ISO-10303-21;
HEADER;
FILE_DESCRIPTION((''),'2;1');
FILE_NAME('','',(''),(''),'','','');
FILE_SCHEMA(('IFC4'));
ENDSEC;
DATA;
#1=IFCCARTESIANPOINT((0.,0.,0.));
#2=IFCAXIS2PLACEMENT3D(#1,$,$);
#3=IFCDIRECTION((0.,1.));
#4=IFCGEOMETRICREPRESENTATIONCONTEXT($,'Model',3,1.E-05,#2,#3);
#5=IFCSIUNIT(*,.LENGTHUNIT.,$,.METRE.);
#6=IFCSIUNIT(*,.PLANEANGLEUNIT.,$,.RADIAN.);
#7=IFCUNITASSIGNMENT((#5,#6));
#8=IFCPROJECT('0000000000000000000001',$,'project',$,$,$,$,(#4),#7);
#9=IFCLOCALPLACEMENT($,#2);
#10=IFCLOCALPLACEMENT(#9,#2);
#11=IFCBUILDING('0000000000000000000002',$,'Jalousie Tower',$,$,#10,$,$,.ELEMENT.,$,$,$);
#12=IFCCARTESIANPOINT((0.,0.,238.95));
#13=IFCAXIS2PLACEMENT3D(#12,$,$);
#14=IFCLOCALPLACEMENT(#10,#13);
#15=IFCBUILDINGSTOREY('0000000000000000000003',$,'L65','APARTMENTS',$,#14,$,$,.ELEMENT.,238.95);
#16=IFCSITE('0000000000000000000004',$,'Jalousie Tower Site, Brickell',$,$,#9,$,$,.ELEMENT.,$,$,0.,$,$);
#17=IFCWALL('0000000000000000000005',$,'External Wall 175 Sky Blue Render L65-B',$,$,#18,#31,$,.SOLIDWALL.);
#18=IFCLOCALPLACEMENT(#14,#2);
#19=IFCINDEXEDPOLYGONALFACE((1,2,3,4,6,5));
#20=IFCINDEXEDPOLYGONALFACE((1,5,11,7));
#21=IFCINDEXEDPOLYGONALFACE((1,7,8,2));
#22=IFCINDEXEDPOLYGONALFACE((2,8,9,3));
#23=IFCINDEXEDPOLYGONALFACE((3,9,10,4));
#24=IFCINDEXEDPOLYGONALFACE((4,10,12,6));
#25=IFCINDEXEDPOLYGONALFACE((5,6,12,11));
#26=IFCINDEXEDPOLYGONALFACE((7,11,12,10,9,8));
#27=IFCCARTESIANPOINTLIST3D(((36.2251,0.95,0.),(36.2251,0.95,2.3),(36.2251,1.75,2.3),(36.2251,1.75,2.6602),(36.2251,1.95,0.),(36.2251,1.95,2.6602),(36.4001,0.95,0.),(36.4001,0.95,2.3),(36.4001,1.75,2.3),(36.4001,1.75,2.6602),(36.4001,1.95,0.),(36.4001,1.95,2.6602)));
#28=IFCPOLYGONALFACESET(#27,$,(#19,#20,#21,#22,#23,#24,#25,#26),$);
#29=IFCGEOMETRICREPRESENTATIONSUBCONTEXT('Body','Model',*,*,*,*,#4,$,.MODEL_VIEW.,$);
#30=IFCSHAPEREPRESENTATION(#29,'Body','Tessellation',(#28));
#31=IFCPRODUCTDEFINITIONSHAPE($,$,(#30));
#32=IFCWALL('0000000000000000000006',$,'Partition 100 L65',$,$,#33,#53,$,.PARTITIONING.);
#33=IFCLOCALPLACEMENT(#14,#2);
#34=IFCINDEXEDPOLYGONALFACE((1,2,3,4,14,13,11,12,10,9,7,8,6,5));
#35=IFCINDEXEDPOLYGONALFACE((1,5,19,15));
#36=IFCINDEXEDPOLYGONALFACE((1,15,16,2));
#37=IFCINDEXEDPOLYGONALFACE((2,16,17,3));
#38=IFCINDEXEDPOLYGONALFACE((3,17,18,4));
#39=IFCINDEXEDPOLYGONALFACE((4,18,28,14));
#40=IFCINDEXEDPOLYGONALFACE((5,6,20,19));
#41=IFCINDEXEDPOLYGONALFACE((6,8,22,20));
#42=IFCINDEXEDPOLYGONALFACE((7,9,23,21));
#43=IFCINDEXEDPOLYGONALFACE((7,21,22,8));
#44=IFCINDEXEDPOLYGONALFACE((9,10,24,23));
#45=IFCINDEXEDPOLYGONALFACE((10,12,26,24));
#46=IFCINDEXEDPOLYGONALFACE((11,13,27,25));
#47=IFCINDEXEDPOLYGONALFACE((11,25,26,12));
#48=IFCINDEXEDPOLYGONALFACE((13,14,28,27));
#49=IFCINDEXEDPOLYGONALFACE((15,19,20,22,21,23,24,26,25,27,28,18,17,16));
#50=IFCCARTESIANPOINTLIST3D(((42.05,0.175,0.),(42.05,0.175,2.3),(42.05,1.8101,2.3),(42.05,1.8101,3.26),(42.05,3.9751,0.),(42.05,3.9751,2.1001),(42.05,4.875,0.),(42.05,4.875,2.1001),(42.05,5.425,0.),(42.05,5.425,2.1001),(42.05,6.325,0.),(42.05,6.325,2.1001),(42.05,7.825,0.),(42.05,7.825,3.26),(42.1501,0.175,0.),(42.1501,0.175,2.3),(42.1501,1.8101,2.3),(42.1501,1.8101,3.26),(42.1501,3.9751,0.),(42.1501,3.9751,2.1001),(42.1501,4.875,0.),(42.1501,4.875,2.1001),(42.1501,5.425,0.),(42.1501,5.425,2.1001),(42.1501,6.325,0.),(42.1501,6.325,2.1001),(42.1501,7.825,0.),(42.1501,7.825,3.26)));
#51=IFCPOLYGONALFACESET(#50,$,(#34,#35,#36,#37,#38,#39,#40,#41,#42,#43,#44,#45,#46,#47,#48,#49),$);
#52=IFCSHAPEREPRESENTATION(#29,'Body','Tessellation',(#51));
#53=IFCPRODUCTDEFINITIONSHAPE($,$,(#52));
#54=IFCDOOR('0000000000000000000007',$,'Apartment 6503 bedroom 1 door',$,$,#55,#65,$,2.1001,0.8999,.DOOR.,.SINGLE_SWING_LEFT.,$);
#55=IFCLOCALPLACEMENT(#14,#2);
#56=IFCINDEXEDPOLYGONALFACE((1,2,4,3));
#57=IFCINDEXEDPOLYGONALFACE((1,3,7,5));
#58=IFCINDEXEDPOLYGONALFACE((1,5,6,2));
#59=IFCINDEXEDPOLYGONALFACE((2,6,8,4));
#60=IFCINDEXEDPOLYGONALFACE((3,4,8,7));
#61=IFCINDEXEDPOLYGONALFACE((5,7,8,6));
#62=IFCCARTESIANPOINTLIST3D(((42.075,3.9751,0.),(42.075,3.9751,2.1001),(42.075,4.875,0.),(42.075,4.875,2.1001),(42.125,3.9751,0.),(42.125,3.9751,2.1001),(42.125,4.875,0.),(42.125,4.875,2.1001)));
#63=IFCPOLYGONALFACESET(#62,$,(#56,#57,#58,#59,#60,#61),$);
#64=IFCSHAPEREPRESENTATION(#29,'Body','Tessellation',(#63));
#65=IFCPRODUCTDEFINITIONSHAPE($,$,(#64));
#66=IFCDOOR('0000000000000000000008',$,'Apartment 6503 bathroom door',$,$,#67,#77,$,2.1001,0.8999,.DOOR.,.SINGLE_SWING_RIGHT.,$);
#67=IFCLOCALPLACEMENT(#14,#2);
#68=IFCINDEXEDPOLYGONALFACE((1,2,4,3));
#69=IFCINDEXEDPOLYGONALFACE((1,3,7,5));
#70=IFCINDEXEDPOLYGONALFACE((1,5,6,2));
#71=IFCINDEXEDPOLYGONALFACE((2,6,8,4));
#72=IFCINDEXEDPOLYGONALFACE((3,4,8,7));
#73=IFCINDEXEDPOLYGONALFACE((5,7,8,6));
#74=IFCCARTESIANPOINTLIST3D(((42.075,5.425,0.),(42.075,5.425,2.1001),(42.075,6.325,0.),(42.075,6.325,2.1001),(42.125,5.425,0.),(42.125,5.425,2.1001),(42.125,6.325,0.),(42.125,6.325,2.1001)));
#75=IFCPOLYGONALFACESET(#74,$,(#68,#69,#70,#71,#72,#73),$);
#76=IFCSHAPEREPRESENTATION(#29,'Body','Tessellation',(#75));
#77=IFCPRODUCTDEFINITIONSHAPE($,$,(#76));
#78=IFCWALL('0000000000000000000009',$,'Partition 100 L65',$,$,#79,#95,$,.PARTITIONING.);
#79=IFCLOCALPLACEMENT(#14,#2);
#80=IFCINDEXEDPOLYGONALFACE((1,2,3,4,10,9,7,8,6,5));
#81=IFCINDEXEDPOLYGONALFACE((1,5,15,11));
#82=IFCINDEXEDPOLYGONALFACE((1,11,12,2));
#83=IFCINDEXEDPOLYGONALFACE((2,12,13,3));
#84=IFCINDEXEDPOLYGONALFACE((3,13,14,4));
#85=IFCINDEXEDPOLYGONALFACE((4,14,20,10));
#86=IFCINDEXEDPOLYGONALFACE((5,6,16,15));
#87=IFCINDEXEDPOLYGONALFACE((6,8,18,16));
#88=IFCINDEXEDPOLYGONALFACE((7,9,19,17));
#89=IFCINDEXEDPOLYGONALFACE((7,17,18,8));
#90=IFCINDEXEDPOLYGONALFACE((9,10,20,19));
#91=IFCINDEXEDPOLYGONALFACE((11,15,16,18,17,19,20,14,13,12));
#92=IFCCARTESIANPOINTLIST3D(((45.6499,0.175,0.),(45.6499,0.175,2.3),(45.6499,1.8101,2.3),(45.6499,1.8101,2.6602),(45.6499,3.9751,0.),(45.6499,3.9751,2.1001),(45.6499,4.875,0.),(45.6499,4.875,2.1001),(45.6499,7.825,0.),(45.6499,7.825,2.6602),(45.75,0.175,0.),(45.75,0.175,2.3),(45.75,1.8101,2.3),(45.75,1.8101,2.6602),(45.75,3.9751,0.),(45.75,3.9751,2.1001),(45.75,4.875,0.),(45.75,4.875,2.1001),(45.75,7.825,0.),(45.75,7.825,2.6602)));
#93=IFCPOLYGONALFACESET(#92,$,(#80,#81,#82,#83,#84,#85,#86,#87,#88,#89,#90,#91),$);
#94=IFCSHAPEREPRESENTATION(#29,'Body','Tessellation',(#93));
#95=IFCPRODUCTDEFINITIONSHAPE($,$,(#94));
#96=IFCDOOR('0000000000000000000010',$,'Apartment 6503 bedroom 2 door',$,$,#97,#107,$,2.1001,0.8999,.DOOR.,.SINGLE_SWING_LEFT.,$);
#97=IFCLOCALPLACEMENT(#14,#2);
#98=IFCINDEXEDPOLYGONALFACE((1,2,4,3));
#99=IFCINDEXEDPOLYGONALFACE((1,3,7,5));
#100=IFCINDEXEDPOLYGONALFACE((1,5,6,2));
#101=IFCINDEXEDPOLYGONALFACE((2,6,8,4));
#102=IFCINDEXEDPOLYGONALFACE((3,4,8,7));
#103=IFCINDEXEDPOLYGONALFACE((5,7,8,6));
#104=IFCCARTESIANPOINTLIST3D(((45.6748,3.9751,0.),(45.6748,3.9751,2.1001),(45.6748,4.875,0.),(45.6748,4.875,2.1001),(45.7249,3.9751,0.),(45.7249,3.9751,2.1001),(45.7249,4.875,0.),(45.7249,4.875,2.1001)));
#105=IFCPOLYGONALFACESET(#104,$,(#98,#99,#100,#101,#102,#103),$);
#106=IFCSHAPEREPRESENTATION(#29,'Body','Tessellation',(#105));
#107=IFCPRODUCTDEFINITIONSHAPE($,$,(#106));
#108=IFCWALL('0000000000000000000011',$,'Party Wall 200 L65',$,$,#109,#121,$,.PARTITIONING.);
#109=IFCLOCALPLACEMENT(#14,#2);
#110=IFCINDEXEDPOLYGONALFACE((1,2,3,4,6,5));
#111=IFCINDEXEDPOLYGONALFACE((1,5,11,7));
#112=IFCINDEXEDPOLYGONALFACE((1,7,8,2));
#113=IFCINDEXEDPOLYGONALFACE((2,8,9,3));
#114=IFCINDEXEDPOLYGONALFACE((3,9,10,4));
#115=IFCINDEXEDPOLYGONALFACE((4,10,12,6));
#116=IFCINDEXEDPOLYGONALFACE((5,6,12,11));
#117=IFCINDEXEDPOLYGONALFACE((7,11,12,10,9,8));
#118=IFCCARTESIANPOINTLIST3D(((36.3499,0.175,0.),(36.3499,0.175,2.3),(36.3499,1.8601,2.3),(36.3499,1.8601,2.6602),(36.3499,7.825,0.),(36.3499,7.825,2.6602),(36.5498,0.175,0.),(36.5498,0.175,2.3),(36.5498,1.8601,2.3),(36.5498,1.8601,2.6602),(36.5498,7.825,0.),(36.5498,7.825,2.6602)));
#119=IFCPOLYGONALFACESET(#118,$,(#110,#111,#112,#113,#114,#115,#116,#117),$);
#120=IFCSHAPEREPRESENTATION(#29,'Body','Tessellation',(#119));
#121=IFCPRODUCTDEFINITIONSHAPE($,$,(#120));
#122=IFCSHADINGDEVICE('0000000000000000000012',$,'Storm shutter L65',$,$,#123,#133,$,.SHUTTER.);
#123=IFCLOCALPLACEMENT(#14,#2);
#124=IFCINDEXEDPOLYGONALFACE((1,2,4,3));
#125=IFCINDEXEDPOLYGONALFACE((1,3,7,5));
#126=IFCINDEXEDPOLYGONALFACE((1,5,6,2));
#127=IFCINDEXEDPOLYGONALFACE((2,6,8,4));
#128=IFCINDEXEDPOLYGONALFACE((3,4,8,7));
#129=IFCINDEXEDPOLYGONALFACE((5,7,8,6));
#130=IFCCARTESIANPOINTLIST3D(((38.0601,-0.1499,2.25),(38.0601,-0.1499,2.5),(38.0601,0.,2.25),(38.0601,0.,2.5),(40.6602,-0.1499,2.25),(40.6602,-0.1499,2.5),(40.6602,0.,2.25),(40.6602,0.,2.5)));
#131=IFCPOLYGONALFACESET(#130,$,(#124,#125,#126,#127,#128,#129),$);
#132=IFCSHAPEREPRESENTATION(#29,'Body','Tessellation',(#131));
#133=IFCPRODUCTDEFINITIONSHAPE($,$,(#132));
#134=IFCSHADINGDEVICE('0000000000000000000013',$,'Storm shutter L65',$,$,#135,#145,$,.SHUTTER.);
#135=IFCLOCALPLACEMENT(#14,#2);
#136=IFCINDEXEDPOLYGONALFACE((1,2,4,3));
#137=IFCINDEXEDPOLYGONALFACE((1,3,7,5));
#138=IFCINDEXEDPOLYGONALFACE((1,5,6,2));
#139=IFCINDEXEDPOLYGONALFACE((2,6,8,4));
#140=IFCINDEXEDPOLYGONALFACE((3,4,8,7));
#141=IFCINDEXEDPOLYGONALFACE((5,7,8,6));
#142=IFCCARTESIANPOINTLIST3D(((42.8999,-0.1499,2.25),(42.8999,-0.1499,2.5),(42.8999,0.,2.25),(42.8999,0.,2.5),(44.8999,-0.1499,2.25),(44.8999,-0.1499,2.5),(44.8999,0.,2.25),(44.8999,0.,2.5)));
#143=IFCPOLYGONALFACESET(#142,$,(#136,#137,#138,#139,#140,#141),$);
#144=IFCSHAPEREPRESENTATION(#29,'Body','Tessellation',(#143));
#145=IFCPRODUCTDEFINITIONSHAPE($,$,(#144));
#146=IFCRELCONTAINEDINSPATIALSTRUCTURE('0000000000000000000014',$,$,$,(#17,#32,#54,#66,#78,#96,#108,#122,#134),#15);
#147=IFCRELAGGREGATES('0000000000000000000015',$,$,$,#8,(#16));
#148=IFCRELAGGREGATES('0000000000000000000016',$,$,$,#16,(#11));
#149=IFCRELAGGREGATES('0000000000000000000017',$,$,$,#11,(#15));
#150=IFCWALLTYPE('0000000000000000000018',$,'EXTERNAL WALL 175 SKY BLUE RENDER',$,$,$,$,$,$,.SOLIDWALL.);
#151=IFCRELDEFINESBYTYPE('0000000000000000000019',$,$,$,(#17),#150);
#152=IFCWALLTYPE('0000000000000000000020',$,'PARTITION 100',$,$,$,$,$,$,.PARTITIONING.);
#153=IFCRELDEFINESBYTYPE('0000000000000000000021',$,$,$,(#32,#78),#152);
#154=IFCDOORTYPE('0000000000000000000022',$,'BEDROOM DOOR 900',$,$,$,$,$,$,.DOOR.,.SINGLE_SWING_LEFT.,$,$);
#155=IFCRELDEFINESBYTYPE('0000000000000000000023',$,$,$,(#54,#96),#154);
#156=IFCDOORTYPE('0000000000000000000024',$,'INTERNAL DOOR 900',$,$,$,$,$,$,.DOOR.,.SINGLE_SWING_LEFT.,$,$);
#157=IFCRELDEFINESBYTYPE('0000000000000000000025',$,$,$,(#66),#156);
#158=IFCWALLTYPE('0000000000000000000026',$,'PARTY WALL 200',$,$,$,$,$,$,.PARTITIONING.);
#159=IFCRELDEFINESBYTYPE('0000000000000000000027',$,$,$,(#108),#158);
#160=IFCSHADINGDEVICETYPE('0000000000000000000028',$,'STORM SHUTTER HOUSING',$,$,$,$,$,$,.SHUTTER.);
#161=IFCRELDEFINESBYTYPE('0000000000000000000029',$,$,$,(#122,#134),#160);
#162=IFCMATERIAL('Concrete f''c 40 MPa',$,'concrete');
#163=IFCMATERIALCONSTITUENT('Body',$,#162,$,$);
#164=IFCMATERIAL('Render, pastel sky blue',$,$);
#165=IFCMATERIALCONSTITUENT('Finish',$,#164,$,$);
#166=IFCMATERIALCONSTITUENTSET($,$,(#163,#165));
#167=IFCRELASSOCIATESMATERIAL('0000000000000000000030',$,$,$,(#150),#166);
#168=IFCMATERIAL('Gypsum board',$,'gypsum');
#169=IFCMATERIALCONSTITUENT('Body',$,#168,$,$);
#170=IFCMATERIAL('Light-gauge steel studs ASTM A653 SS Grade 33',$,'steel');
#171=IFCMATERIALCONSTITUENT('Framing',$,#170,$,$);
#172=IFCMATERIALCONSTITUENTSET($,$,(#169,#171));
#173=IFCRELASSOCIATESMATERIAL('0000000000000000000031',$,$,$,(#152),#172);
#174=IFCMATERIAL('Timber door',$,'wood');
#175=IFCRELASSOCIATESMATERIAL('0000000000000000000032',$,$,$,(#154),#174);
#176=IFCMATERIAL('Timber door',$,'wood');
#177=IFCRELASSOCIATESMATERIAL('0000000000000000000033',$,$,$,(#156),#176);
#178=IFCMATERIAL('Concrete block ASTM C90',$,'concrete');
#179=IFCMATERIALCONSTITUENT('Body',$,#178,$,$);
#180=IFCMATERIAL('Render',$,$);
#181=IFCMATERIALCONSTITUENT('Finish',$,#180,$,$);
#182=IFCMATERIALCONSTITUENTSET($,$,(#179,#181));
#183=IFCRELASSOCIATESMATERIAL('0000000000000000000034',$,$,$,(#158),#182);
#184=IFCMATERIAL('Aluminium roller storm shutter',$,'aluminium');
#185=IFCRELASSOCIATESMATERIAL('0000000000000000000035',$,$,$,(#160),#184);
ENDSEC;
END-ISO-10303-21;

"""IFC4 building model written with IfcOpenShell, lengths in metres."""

from ifc_helpers import new_model, si_unit, direction, frame, frame_2d, origin, origin_2d, place, context, subcontext, project, spatial, polyline, rectangle, outline, extrude, material, constituent, constituent_set, type_object, element, fill, save


model = new_model("IFC4")

# Units and contexts
model_context = context("Model", 3, precision=1e-05, world=origin(), true_north=direction((0.0, 1.0)))
body_context = subcontext(model_context, "Body", "Model", "MODEL_VIEW")
ifc_project = project(units=[si_unit("LENGTHUNIT", "METRE"), si_unit("PLANEANGLEUNIT", "RADIAN")], contexts=[model_context])

# Site, building, storey
site_placement = place(None, origin())
site = spatial("IfcSite", under=ifc_project, at=site_placement, Name="Jalousie Tower Site, Brickell", CompositionType="ELEMENT", RefElevation=0.0)
building_placement = place(site_placement, origin())
building = spatial("IfcBuilding", under=site, at=building_placement, Name="Jalousie Tower", CompositionType="ELEMENT")
storey_placement = place(building_placement, frame((0.0, 0.0, 238.95)))
storey = spatial("IfcBuildingStorey", under=building, at=storey_placement, Name="L65", Description="APARTMENTS", CompositionType="ELEMENT", Elevation=238.95)

# Shared definitions
ifc_material_1 = material(Name="Concrete f'c 40 MPa", Category="concrete")
ifc_constituent_1 = constituent(ifc_material_1, Name="Body")
ifc_material_2 = material(Name="Render, pastel sky blue")
ifc_constituent_2 = constituent(ifc_material_2, Name="Finish")
ifc_constituent_set_1 = constituent_set(constituents=[ifc_constituent_1, ifc_constituent_2])
wall_type_1 = type_object("IfcWallType", Name="EXTERNAL WALL 175 SKY BLUE RENDER", PredefinedType="SOLIDWALL", material=ifc_constituent_set_1)

# Wall
wall_1_placement = place(storey_placement, frame((36.3125, 0.95, 0.0), z_axis=(0.0, 0.0, 1.0), x_axis=(0.0, 1.0, 0.0)))
element("IfcWall", 1, at=wall_1_placement, inside=storey, type_object=wall_type_1, Name="External Wall 175 Sky Blue Render L65-B", PredefinedType="SOLIDWALL", context=body_context, shape_type="SweptSolid", body=[
    extrude(outline(polyline([(0.0, 0.0), (1.0, 0.0), (1.0, 2.6602), (0.8, 2.6602), (0.8, 2.3), (0.0, 2.3), (0.0, 0.0)])), frame((0.0, 0.0874, 0.0), z_axis=(0.0, -1.0, 0.0), x_axis=(1.0, 0.0, 0.0)), (0.0, 0.0, 1.0), 0.175),
])

# Wall, openings, doors
ifc_material_3 = material(Name="Gypsum board", Category="gypsum")
ifc_constituent_3 = constituent(ifc_material_3, Name="Body")
ifc_material_4 = material(Name="Light-gauge steel studs ASTM A653 SS Grade 33", Category="steel")
ifc_constituent_4 = constituent(ifc_material_4, Name="Framing")
ifc_constituent_set_2 = constituent_set(constituents=[ifc_constituent_3, ifc_constituent_4])
wall_type_2 = type_object("IfcWallType", Name="PARTITION 100", PredefinedType="PARTITIONING", material=ifc_constituent_set_2)
wall_2_placement = place(storey_placement, frame((42.1001, 0.175, 0.0), z_axis=(0.0, 0.0, 1.0), x_axis=(0.0, 1.0, 0.0)))
wall_2 = element("IfcWall", 2, at=wall_2_placement, inside=storey, type_object=wall_type_2, Name="Partition 100 L65", PredefinedType="PARTITIONING", context=body_context, shape_type="SweptSolid", body=[
    extrude(outline(polyline([(0.0, 0.0), (7.6499, 0.0), (7.6499, 3.26), (1.635, 3.26), (1.635, 2.3), (0.0, 2.3), (0.0, 3.26), (0.0, 0.0)])), frame((0.0, 0.05, 0.0), z_axis=(0.0, -1.0, 0.0), x_axis=(1.0, 0.0, 0.0)), (0.0, 0.0, 1.0), 0.1001),
])
opening_1_placement = place(wall_2_placement, frame((3.8, 0.0, 0.0)))
opening_1 = element("IfcOpeningElement", 3, at=opening_1_placement, cuts=wall_2, PredefinedType="OPENING", context=body_context, shape_type="SweptSolid", body=[
    extrude(rectangle(XDim=0.8999, YDim=2.1001, at=frame_2d((0.45, 1.05))), frame((0.0, 0.0601, 0.0), z_axis=(0.0, -1.0, 0.0), x_axis=(1.0, 0.0, 0.0)), (0.0, 0.0, 1.0), 0.1201),
])
opening_2_placement = place(wall_2_placement, frame((5.25, 0.0, 0.0)))
opening_2 = element("IfcOpeningElement", 4, at=opening_2_placement, cuts=wall_2, PredefinedType="OPENING", context=body_context, shape_type="SweptSolid", body=[
    extrude(rectangle(XDim=0.8999, YDim=2.1001, at=frame_2d((0.45, 1.05))), frame((0.0, 0.0601, 0.0), z_axis=(0.0, -1.0, 0.0), x_axis=(1.0, 0.0, 0.0)), (0.0, 0.0, 1.0), 0.1201),
])
ifc_material_5 = material(Name="Timber door", Category="wood")
door_type_1 = type_object("IfcDoorType", Name="BEDROOM DOOR 900", OperationType="SINGLE_SWING_LEFT", PredefinedType="DOOR", material=ifc_material_5)
door_1_placement = place(opening_1_placement, frame((0.8999, 0.0, 0.0), z_axis=(0.0, 0.0, 1.0), x_axis=(-1.0, 0.0, 0.0)))
door_1 = element("IfcDoor", 5, at=door_1_placement, inside=storey, type_object=door_type_1, Name="Apartment 6503 bedroom 1 door", OperationType="SINGLE_SWING_LEFT", OverallHeight=2.1001, OverallWidth=0.8999, PredefinedType="DOOR", context=body_context, shape_type="SweptSolid", body=[
    extrude(rectangle(XDim=0.8999, YDim=2.1001, at=frame_2d((0.45, 1.05))), frame((0.0, 0.0249, 0.0), z_axis=(0.0, -1.0, 0.0), x_axis=(1.0, 0.0, 0.0)), (0.0, 0.0, 1.0), 0.05),
])
fill(opening_1, door_1)
ifc_material_6 = material(Name="Timber door", Category="wood")
door_type_2 = type_object("IfcDoorType", Name="INTERNAL DOOR 900", OperationType="SINGLE_SWING_LEFT", PredefinedType="DOOR", material=ifc_material_6)
door_2_placement = place(opening_2_placement, frame((0.8999, 0.0, 0.0), z_axis=(0.0, 0.0, 1.0), x_axis=(-1.0, 0.0, 0.0)))
door_2 = element("IfcDoor", 6, at=door_2_placement, inside=storey, type_object=door_type_2, Name="Apartment 6503 bathroom door", OperationType="SINGLE_SWING_RIGHT", OverallHeight=2.1001, OverallWidth=0.8999, PredefinedType="DOOR", context=body_context, shape_type="SweptSolid", body=[
    extrude(rectangle(XDim=0.8999, YDim=2.1001, at=frame_2d((0.45, 1.05))), frame((0.0, 0.0249, 0.0), z_axis=(0.0, -1.0, 0.0), x_axis=(1.0, 0.0, 0.0)), (0.0, 0.0, 1.0), 0.05),
])
fill(opening_2, door_2)

# Wall, opening, door
wall_3_placement = place(storey_placement, frame((45.7, 0.175, 0.0), z_axis=(0.0, 0.0, 1.0), x_axis=(0.0, 1.0, 0.0)))
wall_3 = element("IfcWall", 7, at=wall_3_placement, inside=storey, type_object=wall_type_2, Name="Partition 100 L65", PredefinedType="PARTITIONING", context=body_context, shape_type="SweptSolid", body=[
    extrude(outline(polyline([(0.0, 0.0), (7.6499, 0.0), (7.6499, 3.26), (7.6499, 2.6602), (1.635, 2.6602), (1.635, 2.3), (0.0, 2.3), (0.0, 3.26), (0.0, 0.0)])), frame((0.0, 0.05, 0.0), z_axis=(0.0, -1.0, 0.0), x_axis=(1.0, 0.0, 0.0)), (0.0, 0.0, 1.0), 0.1001),
])
opening_3_placement = place(wall_3_placement, frame((3.8, 0.0, 0.0)))
opening_3 = element("IfcOpeningElement", 8, at=opening_3_placement, cuts=wall_3, PredefinedType="OPENING", context=body_context, shape_type="SweptSolid", body=[
    extrude(rectangle(XDim=0.8999, YDim=2.1001, at=frame_2d((0.45, 1.05))), frame((0.0, 0.0601, 0.0), z_axis=(0.0, -1.0, 0.0), x_axis=(1.0, 0.0, 0.0)), (0.0, 0.0, 1.0), 0.1201),
])
door_3_placement = place(opening_3_placement, frame((0.8999, 0.0, 0.0), z_axis=(0.0, 0.0, 1.0), x_axis=(-1.0, 0.0, 0.0)))
door_3 = element("IfcDoor", 9, at=door_3_placement, inside=storey, type_object=door_type_1, Name="Apartment 6503 bedroom 2 door", OperationType="SINGLE_SWING_LEFT", OverallHeight=2.1001, OverallWidth=0.8999, PredefinedType="DOOR", context=body_context, shape_type="SweptSolid", body=[
    extrude(rectangle(XDim=0.8999, YDim=2.1001, at=frame_2d((0.45, 1.05))), frame((0.0, 0.0249, 0.0), z_axis=(0.0, -1.0, 0.0), x_axis=(1.0, 0.0, 0.0)), (0.0, 0.0, 1.0), 0.05),
])
fill(opening_3, door_3)

# Wall
ifc_material_7 = material(Name="Concrete block ASTM C90", Category="concrete")
ifc_constituent_5 = constituent(ifc_material_7, Name="Body")
ifc_material_8 = material(Name="Render")
ifc_constituent_6 = constituent(ifc_material_8, Name="Finish")
ifc_constituent_set_3 = constituent_set(constituents=[ifc_constituent_5, ifc_constituent_6])
wall_type_3 = type_object("IfcWallType", Name="PARTY WALL 200", PredefinedType="PARTITIONING", material=ifc_constituent_set_3)
wall_4_placement = place(storey_placement, frame((36.45, 0.175, 0.0), z_axis=(0.0, 0.0, 1.0), x_axis=(0.0, 1.0, 0.0)))
element("IfcWall", 10, at=wall_4_placement, inside=storey, type_object=wall_type_3, Name="Party Wall 200 L65", PredefinedType="PARTITIONING", context=body_context, shape_type="SweptSolid", body=[
    extrude(outline(polyline([(0.0, 0.0), (7.6499, 0.0), (7.6499, 3.26), (7.6499, 2.6602), (1.6851, 2.6602), (1.6851, 2.3), (0.0, 2.3), (0.0, 3.26), (0.0, 0.0)])), frame((0.0, 0.1001, 0.0), z_axis=(0.0, -1.0, 0.0), x_axis=(1.0, 0.0, 0.0)), (0.0, 0.0, 1.0), 0.2),
])

# Shading devices
ifc_material_9 = material(Name="Aluminium roller storm shutter", Category="aluminium")
shading_device_type = type_object("IfcShadingDeviceType", Name="STORM SHUTTER HOUSING", PredefinedType="SHUTTER", material=ifc_material_9)
shading_device_1_placement = place(storey_placement, frame((39.3601, -0.075, 2.25), z_axis=(0.0, 0.0, 1.0), x_axis=(1.0, 0.0, 0.0)))
element("IfcShadingDevice", 11, at=shading_device_1_placement, inside=storey, type_object=shading_device_type, Name="Storm shutter L65", PredefinedType="SHUTTER", context=body_context, shape_type="SweptSolid", body=[
    extrude(rectangle(XDim=2.6001, YDim=0.1499, at=origin_2d()), origin(), (0.0, 0.0, 1.0), 0.25),
])
shading_device_2_placement = place(storey_placement, frame((43.8999, -0.075, 2.25), z_axis=(0.0, 0.0, 1.0), x_axis=(1.0, 0.0, 0.0)))
element("IfcShadingDevice", 12, at=shading_device_2_placement, inside=storey, type_object=shading_device_type, Name="Storm shutter L65", PredefinedType="SHUTTER", context=body_context, shape_type="SweptSolid", body=[
    extrude(rectangle(XDim=2.0, YDim=0.1499, at=origin_2d()), origin(), (0.0, 0.0, 1.0), 0.25),
])

save(model, "model.ifc")
